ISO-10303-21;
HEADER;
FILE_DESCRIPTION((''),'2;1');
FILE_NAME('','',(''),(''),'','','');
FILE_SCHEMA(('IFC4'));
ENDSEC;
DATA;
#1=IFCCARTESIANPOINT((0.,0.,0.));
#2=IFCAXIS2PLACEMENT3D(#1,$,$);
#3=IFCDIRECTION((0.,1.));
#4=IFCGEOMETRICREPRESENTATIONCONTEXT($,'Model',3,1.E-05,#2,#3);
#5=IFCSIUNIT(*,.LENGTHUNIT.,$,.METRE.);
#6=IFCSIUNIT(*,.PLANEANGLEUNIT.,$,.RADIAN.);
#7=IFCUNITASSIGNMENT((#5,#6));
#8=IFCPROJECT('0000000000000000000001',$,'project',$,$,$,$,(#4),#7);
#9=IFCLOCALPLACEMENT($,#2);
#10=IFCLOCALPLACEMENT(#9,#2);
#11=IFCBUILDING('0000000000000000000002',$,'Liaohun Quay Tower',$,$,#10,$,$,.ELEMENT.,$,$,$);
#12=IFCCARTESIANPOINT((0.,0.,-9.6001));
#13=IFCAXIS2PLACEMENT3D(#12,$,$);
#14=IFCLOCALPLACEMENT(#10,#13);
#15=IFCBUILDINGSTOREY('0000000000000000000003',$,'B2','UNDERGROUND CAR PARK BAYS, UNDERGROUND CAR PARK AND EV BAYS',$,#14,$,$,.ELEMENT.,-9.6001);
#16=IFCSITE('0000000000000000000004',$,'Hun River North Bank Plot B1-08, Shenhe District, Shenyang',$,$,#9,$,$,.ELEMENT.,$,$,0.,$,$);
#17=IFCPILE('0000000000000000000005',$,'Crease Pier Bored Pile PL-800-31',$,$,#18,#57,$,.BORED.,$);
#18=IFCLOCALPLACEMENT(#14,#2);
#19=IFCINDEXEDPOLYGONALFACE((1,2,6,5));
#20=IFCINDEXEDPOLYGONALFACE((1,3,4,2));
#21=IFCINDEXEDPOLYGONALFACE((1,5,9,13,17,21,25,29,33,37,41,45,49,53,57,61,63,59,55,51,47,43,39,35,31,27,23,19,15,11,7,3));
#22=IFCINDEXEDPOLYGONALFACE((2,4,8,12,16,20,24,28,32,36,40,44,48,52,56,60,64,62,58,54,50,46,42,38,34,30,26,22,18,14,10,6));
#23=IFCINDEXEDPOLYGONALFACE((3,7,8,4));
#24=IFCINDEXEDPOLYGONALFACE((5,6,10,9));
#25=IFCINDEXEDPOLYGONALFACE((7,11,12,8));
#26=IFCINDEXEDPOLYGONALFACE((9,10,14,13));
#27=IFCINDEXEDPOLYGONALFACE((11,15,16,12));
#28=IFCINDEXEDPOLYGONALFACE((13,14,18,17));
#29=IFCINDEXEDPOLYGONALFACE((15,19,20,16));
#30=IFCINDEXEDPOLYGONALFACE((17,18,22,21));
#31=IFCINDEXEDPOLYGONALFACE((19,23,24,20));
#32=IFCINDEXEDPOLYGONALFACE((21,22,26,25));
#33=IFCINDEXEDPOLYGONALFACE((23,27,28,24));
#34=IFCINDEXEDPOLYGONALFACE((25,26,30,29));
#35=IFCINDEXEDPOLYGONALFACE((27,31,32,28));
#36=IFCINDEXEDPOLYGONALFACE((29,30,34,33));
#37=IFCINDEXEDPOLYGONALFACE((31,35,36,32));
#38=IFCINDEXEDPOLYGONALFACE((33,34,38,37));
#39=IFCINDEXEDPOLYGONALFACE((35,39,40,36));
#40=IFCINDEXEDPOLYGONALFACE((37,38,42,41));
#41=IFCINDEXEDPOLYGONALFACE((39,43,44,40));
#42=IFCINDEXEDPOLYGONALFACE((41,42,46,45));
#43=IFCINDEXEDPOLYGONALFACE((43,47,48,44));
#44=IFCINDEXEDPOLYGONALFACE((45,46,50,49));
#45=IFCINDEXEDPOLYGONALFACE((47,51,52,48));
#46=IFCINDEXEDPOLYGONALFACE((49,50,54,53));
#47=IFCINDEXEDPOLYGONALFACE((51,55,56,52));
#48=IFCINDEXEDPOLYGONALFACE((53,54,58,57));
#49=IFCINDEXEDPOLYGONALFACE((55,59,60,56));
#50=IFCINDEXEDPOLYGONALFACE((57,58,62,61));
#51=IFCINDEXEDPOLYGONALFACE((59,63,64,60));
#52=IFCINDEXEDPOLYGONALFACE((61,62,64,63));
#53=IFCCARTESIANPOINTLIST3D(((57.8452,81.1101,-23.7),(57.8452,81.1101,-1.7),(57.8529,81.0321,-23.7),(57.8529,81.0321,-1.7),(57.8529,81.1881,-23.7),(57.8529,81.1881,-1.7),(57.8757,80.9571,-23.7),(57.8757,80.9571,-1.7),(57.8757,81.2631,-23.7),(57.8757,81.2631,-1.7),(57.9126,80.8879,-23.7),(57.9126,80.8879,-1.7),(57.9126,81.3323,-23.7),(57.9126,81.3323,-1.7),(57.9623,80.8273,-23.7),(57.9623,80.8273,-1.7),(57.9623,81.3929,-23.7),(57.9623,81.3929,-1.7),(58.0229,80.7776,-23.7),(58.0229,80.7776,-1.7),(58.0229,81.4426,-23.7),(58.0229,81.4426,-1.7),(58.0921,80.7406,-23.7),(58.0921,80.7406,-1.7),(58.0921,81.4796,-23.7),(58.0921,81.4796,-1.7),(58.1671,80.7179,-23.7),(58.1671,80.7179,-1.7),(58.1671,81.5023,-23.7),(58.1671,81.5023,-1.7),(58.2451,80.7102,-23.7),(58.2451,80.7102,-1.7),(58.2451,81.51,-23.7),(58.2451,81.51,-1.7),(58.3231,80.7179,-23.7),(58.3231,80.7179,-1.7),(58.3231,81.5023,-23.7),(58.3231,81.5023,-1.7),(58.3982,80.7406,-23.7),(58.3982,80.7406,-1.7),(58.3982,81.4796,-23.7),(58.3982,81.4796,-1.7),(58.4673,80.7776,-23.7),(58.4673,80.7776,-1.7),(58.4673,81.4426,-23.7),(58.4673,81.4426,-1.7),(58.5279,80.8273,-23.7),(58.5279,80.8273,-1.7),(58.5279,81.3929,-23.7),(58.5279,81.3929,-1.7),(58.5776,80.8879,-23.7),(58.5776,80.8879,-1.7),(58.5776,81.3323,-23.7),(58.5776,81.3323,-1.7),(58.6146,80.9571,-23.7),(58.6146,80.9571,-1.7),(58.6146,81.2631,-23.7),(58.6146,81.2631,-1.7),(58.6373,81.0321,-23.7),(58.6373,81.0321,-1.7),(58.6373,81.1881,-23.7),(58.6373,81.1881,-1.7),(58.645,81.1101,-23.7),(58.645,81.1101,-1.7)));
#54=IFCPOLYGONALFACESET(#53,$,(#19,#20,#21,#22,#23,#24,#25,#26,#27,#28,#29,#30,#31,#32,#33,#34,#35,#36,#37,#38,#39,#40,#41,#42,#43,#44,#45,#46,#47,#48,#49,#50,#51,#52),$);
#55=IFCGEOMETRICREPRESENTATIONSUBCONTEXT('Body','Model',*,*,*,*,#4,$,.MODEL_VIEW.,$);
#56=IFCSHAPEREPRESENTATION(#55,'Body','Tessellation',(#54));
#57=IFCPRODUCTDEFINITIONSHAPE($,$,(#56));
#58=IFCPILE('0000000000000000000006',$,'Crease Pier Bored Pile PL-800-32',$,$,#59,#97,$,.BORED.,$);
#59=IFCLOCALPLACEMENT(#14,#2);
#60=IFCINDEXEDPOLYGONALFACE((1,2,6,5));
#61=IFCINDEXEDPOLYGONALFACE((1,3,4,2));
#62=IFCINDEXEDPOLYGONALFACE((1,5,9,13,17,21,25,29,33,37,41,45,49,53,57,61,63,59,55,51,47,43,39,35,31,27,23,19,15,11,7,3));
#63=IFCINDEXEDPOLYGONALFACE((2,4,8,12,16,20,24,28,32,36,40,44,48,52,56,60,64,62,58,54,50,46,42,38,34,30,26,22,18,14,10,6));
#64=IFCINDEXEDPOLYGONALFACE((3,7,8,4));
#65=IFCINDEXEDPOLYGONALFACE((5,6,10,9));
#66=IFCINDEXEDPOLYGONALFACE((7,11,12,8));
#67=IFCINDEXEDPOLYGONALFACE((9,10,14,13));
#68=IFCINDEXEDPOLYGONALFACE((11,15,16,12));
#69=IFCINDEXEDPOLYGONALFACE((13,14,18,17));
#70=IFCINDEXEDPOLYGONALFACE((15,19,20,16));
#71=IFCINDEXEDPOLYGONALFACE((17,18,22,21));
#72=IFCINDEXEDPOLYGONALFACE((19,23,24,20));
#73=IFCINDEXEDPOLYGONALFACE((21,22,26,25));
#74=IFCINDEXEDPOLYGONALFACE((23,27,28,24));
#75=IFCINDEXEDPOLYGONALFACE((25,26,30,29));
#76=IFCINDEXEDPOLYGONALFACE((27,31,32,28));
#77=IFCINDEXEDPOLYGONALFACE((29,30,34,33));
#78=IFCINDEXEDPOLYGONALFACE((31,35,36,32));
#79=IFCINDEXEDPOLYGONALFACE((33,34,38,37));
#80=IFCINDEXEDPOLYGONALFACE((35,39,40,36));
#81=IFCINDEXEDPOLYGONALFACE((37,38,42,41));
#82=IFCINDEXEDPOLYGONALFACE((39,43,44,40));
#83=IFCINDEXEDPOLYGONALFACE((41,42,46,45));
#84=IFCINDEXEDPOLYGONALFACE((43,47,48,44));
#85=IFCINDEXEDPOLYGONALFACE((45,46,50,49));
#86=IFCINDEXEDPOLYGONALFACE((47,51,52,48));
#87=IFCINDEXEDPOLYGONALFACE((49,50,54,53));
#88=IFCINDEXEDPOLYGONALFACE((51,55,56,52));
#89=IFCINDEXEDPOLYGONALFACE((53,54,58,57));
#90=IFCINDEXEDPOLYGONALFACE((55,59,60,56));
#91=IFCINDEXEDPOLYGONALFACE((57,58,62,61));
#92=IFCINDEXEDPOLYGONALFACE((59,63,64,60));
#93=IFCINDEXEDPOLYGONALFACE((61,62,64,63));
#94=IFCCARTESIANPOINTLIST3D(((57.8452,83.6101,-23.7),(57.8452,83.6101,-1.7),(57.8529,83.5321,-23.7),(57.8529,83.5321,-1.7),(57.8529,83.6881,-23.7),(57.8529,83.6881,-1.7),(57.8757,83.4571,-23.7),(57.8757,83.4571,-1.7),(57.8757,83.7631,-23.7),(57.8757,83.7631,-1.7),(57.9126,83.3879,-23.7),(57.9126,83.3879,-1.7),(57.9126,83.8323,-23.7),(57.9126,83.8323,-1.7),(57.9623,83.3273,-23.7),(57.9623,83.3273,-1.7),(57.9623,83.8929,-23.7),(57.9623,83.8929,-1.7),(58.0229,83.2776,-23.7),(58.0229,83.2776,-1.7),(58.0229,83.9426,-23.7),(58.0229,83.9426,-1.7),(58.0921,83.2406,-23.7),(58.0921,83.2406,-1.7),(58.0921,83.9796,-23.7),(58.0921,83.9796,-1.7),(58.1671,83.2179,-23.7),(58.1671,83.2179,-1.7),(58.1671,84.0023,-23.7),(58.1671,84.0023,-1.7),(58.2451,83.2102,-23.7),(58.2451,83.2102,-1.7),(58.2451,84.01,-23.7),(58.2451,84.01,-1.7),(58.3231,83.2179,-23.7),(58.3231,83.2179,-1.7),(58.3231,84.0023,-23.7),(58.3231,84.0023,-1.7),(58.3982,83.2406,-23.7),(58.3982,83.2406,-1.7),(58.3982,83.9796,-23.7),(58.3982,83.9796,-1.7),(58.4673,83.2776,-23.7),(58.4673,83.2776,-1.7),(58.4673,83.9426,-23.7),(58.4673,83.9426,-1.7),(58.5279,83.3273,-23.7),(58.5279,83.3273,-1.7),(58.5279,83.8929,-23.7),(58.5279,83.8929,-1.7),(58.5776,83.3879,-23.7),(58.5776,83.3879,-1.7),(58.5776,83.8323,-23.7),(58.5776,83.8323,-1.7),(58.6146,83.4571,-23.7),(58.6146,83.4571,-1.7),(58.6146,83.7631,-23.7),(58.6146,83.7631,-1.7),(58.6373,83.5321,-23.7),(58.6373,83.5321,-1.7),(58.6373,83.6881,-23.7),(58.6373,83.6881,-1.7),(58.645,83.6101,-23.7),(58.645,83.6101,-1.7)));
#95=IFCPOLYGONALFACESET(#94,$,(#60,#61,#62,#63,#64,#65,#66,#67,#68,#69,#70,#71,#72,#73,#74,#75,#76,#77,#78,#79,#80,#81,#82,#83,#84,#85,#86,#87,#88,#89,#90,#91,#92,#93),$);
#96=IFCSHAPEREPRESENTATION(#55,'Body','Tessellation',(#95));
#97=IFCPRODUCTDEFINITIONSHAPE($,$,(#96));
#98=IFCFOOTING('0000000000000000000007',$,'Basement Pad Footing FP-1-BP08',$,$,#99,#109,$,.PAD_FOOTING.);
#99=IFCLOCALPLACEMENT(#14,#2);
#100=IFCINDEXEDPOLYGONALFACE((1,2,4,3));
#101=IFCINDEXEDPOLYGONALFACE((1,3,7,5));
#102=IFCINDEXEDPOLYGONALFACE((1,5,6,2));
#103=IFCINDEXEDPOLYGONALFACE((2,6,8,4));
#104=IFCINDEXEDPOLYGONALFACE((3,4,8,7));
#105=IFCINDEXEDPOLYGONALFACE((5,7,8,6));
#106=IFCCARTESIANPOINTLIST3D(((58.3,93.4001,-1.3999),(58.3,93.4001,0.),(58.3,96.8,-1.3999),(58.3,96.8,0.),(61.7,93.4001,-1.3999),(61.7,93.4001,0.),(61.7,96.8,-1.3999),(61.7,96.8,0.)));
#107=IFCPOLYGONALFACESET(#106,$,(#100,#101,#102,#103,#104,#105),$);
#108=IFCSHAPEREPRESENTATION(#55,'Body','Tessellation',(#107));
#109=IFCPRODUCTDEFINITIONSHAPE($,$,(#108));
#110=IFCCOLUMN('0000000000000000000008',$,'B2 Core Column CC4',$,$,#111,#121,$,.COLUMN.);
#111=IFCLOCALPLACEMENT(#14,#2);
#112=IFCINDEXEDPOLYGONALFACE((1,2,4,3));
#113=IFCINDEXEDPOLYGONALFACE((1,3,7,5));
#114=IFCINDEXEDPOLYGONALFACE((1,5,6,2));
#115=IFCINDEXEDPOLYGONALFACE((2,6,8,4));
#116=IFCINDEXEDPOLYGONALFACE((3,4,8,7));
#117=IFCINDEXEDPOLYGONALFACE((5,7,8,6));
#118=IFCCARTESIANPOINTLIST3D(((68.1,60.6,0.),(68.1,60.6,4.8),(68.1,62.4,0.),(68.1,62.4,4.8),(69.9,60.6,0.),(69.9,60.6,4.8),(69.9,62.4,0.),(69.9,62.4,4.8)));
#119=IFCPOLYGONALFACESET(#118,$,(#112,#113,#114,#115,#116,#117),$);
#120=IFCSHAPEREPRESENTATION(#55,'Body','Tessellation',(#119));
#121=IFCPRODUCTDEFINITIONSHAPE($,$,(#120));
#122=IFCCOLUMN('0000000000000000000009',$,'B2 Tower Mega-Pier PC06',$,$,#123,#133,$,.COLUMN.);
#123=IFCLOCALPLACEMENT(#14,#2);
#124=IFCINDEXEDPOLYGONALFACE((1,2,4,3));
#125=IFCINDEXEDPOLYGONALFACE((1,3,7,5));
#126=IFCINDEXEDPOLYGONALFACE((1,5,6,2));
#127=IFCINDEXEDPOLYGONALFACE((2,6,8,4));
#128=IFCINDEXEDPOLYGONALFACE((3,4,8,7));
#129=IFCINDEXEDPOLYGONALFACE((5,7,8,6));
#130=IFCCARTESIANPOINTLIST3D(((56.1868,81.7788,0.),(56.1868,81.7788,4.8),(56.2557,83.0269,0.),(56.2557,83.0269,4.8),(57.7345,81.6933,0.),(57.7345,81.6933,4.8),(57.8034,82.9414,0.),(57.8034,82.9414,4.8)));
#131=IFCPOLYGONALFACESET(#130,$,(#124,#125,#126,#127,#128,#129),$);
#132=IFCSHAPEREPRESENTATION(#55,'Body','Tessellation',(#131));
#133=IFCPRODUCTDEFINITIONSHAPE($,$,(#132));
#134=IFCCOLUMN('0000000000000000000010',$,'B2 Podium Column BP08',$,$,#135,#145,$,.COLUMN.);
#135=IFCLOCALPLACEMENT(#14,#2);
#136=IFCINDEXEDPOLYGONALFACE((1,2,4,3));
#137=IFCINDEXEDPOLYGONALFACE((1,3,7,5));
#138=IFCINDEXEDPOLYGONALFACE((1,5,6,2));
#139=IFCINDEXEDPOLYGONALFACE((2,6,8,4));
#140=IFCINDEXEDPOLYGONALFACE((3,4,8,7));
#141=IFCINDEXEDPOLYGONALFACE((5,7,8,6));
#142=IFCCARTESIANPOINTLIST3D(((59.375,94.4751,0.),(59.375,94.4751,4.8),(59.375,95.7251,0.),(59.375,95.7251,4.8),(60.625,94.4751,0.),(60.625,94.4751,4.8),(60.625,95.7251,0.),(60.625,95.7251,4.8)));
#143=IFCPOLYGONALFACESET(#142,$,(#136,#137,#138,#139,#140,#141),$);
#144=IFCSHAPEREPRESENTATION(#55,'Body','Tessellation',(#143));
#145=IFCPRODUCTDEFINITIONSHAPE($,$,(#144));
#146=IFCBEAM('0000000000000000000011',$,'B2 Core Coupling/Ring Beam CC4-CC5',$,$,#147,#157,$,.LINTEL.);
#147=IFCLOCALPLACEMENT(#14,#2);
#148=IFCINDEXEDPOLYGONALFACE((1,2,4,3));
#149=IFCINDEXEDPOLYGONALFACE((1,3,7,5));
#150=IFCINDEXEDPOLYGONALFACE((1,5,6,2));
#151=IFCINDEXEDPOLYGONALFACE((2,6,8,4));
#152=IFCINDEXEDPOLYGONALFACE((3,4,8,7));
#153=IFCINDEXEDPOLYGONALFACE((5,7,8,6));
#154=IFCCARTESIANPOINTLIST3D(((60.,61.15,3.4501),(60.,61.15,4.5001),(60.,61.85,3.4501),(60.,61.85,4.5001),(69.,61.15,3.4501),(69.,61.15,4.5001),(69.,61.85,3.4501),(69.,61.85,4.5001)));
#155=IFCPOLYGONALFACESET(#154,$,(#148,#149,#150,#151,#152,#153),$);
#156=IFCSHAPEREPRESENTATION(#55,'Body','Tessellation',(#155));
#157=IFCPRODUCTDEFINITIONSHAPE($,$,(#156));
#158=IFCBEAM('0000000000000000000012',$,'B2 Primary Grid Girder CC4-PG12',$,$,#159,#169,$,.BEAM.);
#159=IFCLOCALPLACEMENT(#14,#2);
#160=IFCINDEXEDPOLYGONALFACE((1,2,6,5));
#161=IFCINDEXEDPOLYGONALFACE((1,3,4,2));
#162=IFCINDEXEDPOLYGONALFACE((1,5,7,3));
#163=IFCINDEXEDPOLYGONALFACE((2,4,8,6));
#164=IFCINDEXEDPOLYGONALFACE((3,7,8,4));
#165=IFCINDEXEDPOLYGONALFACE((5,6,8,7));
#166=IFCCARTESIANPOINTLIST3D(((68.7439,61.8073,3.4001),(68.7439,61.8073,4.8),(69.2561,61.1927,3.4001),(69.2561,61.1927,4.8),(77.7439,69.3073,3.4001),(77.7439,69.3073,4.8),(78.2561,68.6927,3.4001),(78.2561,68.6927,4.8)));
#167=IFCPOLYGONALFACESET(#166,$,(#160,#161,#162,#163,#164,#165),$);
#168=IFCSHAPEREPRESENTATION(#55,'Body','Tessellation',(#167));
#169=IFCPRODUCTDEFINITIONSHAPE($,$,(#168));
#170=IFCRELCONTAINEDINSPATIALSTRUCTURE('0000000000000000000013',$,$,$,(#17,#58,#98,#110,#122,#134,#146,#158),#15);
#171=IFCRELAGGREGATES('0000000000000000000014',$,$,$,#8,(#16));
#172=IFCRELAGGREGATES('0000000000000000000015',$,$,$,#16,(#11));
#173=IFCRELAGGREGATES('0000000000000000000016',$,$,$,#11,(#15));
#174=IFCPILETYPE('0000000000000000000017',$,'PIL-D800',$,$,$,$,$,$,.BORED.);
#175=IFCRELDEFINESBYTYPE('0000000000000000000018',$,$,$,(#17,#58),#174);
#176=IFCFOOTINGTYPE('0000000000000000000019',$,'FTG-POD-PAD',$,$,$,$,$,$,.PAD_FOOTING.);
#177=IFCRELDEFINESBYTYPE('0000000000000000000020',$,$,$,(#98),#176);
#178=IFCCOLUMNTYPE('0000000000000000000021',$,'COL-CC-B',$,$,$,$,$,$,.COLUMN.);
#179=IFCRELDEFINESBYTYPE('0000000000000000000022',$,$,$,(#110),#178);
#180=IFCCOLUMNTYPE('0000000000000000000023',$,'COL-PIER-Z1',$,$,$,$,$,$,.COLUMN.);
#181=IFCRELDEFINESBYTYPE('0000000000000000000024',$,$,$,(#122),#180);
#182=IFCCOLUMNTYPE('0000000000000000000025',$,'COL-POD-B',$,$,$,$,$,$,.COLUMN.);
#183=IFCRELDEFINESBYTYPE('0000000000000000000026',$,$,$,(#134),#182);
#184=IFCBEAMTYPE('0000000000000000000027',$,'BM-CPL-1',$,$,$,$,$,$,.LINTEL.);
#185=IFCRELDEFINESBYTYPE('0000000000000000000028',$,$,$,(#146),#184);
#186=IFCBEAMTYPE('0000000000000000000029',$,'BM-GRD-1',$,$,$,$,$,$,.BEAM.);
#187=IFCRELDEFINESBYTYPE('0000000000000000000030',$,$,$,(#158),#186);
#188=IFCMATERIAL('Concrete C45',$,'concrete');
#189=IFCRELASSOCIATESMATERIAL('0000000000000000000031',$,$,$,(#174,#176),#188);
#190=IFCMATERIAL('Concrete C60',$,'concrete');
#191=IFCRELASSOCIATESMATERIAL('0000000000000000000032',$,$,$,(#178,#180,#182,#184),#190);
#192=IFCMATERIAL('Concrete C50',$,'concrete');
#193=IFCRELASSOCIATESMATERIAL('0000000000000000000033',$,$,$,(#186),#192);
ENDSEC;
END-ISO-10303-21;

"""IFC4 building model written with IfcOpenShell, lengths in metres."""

from ifc_helpers import new_model, si_unit, direction, frame, origin, origin_2d, place, context, subcontext, project, spatial, rectangle, circle, extrude, source, transform, mapped, material, material_profile, profile_set, type_object, element, save


model = new_model("IFC4")

# Units and contexts
model_context = context("Model", 3, precision=1e-05, world=origin(), true_north=direction((0.0, 1.0)))
body_context = subcontext(model_context, "Body", "Model", "MODEL_VIEW")
ifc_project = project(units=[si_unit("LENGTHUNIT", "METRE"), si_unit("PLANEANGLEUNIT", "RADIAN")], contexts=[model_context])

# Site, building, storey
site_placement = place(None, origin())
site = spatial("IfcSite", under=ifc_project, at=site_placement, Name="Hun River North Bank Plot B1-08, Shenhe District, Shenyang", CompositionType="ELEMENT", RefElevation=0.0)
building_placement = place(site_placement, origin())
building = spatial("IfcBuilding", under=site, at=building_placement, Name="Liaohun Quay Tower", CompositionType="ELEMENT")
storey_placement = place(building_placement, frame((0.0, 0.0, -9.6001)))
storey = spatial("IfcBuildingStorey", under=building, at=storey_placement, Name="B2", Description="UNDERGROUND CAR PARK BAYS, UNDERGROUND CAR PARK AND EV BAYS", CompositionType="ELEMENT", Elevation=-9.6001)

# Shared definitions
ifc_material_1 = material(Name="Concrete C50", Category="concrete")

# Shared definitions
ifc_material_2 = material(Name="Concrete C45", Category="concrete")

# Piles
ifc_material_profile_1 = material_profile(ifc_material_2, circle(Radius=0.3999, at=origin_2d()), Name="PILE-D800")
ifc_profile_set_1 = profile_set([ifc_material_profile_1], Name="Concrete C45")
pile_type_1 = type_object("IfcPileType", Name="PIL-D800", PredefinedType="BORED", material=ifc_profile_set_1)
shared_shape_1 = source(origin(), body_context, "Body", "SweptSolid", [
    extrude(circle(Radius=0.3999, at=origin_2d()), origin(), (0.0, 0.0, 1.0), 22.0),
])
for number, where, z_axis, x_axis, name in (
    (1, (58.2451, 81.1101, -1.7), (0.0, 0.0, -1.0), (1.0, 0.0, 0.0), "Crease Pier Bored Pile PL-800-31"),
    (2, (58.2451, 83.6101, -1.7), (0.0, 0.0, -1.0), (1.0, 0.0, 0.0), "Crease Pier Bored Pile PL-800-32"),
):
    element("IfcPile", number, at=place(storey_placement, frame(where, z_axis=z_axis, x_axis=x_axis)), inside=storey, type_object=pile_type_1, Name=name, PredefinedType="BORED", context=body_context, shape_type="MappedRepresentation", body=[
        mapped(shared_shape_1, transform((0.0, 0.0, 0.0), x_axis=(1.0, 0.0, 0.0), y_axis=(0.0, 1.0, 0.0), z_axis=(0.0, 0.0, 1.0), scale=1.0)),
    ])

# Footing
footing_type_1 = type_object("IfcFootingType", Name="FTG-POD-PAD", PredefinedType="PAD_FOOTING", material=ifc_material_2)
shared_shape_2 = source(origin(), body_context, "Body", "SweptSolid", [
    extrude(rectangle(XDim=3.3999, YDim=3.3999, at=origin_2d()), origin(), (0.0, 0.0, 1.0), 1.3999),
])
footing_1_placement = place(storey_placement, frame((60.0, 95.1001, -1.3999), z_axis=(0.0, 0.0, 1.0), x_axis=(1.0, 0.0, 0.0)))
element("IfcFooting", 3, at=footing_1_placement, inside=storey, type_object=footing_type_1, Name="Basement Pad Footing FP-1-BP08", PredefinedType="PAD_FOOTING", context=body_context, shape_type="MappedRepresentation", body=[
    mapped(shared_shape_2, transform((0.0, 0.0, 0.0), x_axis=(1.0, 0.0, 0.0), y_axis=(0.0, 1.0, 0.0), z_axis=(0.0, 0.0, 1.0), scale=1.0)),
])

# Columns
ifc_material_3 = material(Name="Concrete C60", Category="concrete")
ifc_material_profile_2 = material_profile(ifc_material_3, rectangle(XDim=1.8, YDim=1.8, at=origin_2d()), Name="RC1800x1800")
ifc_profile_set_2 = profile_set([ifc_material_profile_2], Name="Concrete C60")
column_type_1 = type_object("IfcColumnType", Name="COL-CC-B", PredefinedType="COLUMN", material=ifc_profile_set_2)
shared_shape_3 = source(origin(), body_context, "Body", "SweptSolid", [
    extrude(rectangle(XDim=1.8, YDim=1.8, at=origin_2d()), origin(), (0.0, 0.0, 1.0), 4.8),
])
column_1_placement = place(storey_placement, frame((69.0, 61.5, 0.0), z_axis=(0.0, 0.0, 1.0), x_axis=(1.0, 0.0, 0.0)))
element("IfcColumn", 4, at=column_1_placement, inside=storey, type_object=column_type_1, Name="B2 Core Column CC4", PredefinedType="COLUMN", context=body_context, shape_type="MappedRepresentation", body=[
    mapped(shared_shape_3, transform((0.0, 0.0, 0.0), x_axis=(1.0, 0.0, 0.0), y_axis=(0.0, 1.0, 0.0), z_axis=(0.0, 0.0, 1.0), scale=1.0)),
])
ifc_material_profile_3 = material_profile(ifc_material_3, rectangle(XDim=1.55, YDim=1.25, at=origin_2d()), Name="RC1550x1250")
ifc_profile_set_3 = profile_set([ifc_material_profile_3], Name="Concrete C60")
column_type_2 = type_object("IfcColumnType", Name="COL-PIER-Z1", PredefinedType="COLUMN", material=ifc_profile_set_3)
shared_shape_4 = source(origin(), body_context, "Body", "SweptSolid", [
    extrude(rectangle(XDim=1.55, YDim=1.25, at=origin_2d()), origin(), (0.0, 0.0, 1.0), 4.8),
])
column_2_placement = place(storey_placement, frame((56.9951, 82.3601, 0.0), z_axis=(0.0, 0.0, 1.0), x_axis=(-0.998479, 0.055124, 0.0)))
element("IfcColumn", 5, at=column_2_placement, inside=storey, type_object=column_type_2, Name="B2 Tower Mega-Pier PC06", PredefinedType="COLUMN", context=body_context, shape_type="MappedRepresentation", body=[
    mapped(shared_shape_4, transform((0.0, 0.0, 0.0), x_axis=(1.0, 0.0, 0.0), y_axis=(0.0, 1.0, 0.0), z_axis=(0.0, 0.0, 1.0), scale=1.0)),
])
ifc_material_profile_4 = material_profile(ifc_material_3, rectangle(XDim=1.25, YDim=1.25, at=origin_2d()), Name="RC1250x1250")
ifc_profile_set_4 = profile_set([ifc_material_profile_4], Name="Concrete C60")
column_type_3 = type_object("IfcColumnType", Name="COL-POD-B", PredefinedType="COLUMN", material=ifc_profile_set_4)
shared_shape_5 = source(origin(), body_context, "Body", "SweptSolid", [
    extrude(rectangle(XDim=1.25, YDim=1.25, at=origin_2d()), origin(), (0.0, 0.0, 1.0), 4.8),
])
column_3_placement = place(storey_placement, frame((60.0, 95.1001, 0.0), z_axis=(0.0, 0.0, 1.0), x_axis=(1.0, 0.0, 0.0)))
element("IfcColumn", 6, at=column_3_placement, inside=storey, type_object=column_type_3, Name="B2 Podium Column BP08", PredefinedType="COLUMN", context=body_context, shape_type="MappedRepresentation", body=[
    mapped(shared_shape_5, transform((0.0, 0.0, 0.0), x_axis=(1.0, 0.0, 0.0), y_axis=(0.0, 1.0, 0.0), z_axis=(0.0, 0.0, 1.0), scale=1.0)),
])

# Beams
ifc_material_profile_5 = material_profile(ifc_material_3, rectangle(XDim=0.7, YDim=1.05, at=origin_2d()), Name="RC700x1050")
ifc_profile_set_5 = profile_set([ifc_material_profile_5], Name="Concrete C60")
beam_type_1 = type_object("IfcBeamType", Name="BM-CPL-1", PredefinedType="LINTEL", material=ifc_profile_set_5)
shared_shape_6 = source(origin(), body_context, "Body", "SweptSolid", [
    extrude(rectangle(XDim=0.7, YDim=1.05, at=origin_2d()), origin(), (0.0, 0.0, 1.0), 9.0),
])
beam_1_placement = place(storey_placement, frame((69.0, 61.5, 3.9751), z_axis=(-1.0, 0.0, 0.0), x_axis=(0.0, -1.0, 0.0)))
element("IfcBeam", 7, at=beam_1_placement, inside=storey, type_object=beam_type_1, Name="B2 Core Coupling/Ring Beam CC4-CC5", PredefinedType="LINTEL", context=body_context, shape_type="MappedRepresentation", body=[
    mapped(shared_shape_6, transform((0.0, 0.0, 0.0), x_axis=(1.0, 0.0, 0.0), y_axis=(0.0, 1.0, 0.0), z_axis=(0.0, 0.0, 1.0), scale=1.0)),
])
ifc_material_profile_6 = material_profile(ifc_material_1, rectangle(XDim=0.8, YDim=1.3999, at=origin_2d()), Name="RC800x1400")
ifc_profile_set_6 = profile_set([ifc_material_profile_6], Name="Concrete C50")
beam_type_2 = type_object("IfcBeamType", Name="BM-GRD-1", PredefinedType="BEAM", material=ifc_profile_set_6)
shared_shape_7 = source(origin(), body_context, "Body", "SweptSolid", [
    extrude(rectangle(XDim=0.8, YDim=1.3999, at=origin_2d()), origin(), (0.0, 0.0, 1.0), 11.7153),
])
beam_2_placement = place(storey_placement, frame((69.0, 61.5, 4.1001), z_axis=(0.768221, 0.640184, 0.0), x_axis=(-0.640184, 0.768221, 0.0)))
element("IfcBeam", 8, at=beam_2_placement, inside=storey, type_object=beam_type_2, Name="B2 Primary Grid Girder CC4-PG12", PredefinedType="BEAM", context=body_context, shape_type="MappedRepresentation", body=[
    mapped(shared_shape_7, transform((0.0, 0.0, 0.0), x_axis=(1.0, 0.0, 0.0), y_axis=(0.0, 1.0, 0.0), z_axis=(0.0, 0.0, 1.0), scale=1.0)),
])

save(model, "model.ifc")
